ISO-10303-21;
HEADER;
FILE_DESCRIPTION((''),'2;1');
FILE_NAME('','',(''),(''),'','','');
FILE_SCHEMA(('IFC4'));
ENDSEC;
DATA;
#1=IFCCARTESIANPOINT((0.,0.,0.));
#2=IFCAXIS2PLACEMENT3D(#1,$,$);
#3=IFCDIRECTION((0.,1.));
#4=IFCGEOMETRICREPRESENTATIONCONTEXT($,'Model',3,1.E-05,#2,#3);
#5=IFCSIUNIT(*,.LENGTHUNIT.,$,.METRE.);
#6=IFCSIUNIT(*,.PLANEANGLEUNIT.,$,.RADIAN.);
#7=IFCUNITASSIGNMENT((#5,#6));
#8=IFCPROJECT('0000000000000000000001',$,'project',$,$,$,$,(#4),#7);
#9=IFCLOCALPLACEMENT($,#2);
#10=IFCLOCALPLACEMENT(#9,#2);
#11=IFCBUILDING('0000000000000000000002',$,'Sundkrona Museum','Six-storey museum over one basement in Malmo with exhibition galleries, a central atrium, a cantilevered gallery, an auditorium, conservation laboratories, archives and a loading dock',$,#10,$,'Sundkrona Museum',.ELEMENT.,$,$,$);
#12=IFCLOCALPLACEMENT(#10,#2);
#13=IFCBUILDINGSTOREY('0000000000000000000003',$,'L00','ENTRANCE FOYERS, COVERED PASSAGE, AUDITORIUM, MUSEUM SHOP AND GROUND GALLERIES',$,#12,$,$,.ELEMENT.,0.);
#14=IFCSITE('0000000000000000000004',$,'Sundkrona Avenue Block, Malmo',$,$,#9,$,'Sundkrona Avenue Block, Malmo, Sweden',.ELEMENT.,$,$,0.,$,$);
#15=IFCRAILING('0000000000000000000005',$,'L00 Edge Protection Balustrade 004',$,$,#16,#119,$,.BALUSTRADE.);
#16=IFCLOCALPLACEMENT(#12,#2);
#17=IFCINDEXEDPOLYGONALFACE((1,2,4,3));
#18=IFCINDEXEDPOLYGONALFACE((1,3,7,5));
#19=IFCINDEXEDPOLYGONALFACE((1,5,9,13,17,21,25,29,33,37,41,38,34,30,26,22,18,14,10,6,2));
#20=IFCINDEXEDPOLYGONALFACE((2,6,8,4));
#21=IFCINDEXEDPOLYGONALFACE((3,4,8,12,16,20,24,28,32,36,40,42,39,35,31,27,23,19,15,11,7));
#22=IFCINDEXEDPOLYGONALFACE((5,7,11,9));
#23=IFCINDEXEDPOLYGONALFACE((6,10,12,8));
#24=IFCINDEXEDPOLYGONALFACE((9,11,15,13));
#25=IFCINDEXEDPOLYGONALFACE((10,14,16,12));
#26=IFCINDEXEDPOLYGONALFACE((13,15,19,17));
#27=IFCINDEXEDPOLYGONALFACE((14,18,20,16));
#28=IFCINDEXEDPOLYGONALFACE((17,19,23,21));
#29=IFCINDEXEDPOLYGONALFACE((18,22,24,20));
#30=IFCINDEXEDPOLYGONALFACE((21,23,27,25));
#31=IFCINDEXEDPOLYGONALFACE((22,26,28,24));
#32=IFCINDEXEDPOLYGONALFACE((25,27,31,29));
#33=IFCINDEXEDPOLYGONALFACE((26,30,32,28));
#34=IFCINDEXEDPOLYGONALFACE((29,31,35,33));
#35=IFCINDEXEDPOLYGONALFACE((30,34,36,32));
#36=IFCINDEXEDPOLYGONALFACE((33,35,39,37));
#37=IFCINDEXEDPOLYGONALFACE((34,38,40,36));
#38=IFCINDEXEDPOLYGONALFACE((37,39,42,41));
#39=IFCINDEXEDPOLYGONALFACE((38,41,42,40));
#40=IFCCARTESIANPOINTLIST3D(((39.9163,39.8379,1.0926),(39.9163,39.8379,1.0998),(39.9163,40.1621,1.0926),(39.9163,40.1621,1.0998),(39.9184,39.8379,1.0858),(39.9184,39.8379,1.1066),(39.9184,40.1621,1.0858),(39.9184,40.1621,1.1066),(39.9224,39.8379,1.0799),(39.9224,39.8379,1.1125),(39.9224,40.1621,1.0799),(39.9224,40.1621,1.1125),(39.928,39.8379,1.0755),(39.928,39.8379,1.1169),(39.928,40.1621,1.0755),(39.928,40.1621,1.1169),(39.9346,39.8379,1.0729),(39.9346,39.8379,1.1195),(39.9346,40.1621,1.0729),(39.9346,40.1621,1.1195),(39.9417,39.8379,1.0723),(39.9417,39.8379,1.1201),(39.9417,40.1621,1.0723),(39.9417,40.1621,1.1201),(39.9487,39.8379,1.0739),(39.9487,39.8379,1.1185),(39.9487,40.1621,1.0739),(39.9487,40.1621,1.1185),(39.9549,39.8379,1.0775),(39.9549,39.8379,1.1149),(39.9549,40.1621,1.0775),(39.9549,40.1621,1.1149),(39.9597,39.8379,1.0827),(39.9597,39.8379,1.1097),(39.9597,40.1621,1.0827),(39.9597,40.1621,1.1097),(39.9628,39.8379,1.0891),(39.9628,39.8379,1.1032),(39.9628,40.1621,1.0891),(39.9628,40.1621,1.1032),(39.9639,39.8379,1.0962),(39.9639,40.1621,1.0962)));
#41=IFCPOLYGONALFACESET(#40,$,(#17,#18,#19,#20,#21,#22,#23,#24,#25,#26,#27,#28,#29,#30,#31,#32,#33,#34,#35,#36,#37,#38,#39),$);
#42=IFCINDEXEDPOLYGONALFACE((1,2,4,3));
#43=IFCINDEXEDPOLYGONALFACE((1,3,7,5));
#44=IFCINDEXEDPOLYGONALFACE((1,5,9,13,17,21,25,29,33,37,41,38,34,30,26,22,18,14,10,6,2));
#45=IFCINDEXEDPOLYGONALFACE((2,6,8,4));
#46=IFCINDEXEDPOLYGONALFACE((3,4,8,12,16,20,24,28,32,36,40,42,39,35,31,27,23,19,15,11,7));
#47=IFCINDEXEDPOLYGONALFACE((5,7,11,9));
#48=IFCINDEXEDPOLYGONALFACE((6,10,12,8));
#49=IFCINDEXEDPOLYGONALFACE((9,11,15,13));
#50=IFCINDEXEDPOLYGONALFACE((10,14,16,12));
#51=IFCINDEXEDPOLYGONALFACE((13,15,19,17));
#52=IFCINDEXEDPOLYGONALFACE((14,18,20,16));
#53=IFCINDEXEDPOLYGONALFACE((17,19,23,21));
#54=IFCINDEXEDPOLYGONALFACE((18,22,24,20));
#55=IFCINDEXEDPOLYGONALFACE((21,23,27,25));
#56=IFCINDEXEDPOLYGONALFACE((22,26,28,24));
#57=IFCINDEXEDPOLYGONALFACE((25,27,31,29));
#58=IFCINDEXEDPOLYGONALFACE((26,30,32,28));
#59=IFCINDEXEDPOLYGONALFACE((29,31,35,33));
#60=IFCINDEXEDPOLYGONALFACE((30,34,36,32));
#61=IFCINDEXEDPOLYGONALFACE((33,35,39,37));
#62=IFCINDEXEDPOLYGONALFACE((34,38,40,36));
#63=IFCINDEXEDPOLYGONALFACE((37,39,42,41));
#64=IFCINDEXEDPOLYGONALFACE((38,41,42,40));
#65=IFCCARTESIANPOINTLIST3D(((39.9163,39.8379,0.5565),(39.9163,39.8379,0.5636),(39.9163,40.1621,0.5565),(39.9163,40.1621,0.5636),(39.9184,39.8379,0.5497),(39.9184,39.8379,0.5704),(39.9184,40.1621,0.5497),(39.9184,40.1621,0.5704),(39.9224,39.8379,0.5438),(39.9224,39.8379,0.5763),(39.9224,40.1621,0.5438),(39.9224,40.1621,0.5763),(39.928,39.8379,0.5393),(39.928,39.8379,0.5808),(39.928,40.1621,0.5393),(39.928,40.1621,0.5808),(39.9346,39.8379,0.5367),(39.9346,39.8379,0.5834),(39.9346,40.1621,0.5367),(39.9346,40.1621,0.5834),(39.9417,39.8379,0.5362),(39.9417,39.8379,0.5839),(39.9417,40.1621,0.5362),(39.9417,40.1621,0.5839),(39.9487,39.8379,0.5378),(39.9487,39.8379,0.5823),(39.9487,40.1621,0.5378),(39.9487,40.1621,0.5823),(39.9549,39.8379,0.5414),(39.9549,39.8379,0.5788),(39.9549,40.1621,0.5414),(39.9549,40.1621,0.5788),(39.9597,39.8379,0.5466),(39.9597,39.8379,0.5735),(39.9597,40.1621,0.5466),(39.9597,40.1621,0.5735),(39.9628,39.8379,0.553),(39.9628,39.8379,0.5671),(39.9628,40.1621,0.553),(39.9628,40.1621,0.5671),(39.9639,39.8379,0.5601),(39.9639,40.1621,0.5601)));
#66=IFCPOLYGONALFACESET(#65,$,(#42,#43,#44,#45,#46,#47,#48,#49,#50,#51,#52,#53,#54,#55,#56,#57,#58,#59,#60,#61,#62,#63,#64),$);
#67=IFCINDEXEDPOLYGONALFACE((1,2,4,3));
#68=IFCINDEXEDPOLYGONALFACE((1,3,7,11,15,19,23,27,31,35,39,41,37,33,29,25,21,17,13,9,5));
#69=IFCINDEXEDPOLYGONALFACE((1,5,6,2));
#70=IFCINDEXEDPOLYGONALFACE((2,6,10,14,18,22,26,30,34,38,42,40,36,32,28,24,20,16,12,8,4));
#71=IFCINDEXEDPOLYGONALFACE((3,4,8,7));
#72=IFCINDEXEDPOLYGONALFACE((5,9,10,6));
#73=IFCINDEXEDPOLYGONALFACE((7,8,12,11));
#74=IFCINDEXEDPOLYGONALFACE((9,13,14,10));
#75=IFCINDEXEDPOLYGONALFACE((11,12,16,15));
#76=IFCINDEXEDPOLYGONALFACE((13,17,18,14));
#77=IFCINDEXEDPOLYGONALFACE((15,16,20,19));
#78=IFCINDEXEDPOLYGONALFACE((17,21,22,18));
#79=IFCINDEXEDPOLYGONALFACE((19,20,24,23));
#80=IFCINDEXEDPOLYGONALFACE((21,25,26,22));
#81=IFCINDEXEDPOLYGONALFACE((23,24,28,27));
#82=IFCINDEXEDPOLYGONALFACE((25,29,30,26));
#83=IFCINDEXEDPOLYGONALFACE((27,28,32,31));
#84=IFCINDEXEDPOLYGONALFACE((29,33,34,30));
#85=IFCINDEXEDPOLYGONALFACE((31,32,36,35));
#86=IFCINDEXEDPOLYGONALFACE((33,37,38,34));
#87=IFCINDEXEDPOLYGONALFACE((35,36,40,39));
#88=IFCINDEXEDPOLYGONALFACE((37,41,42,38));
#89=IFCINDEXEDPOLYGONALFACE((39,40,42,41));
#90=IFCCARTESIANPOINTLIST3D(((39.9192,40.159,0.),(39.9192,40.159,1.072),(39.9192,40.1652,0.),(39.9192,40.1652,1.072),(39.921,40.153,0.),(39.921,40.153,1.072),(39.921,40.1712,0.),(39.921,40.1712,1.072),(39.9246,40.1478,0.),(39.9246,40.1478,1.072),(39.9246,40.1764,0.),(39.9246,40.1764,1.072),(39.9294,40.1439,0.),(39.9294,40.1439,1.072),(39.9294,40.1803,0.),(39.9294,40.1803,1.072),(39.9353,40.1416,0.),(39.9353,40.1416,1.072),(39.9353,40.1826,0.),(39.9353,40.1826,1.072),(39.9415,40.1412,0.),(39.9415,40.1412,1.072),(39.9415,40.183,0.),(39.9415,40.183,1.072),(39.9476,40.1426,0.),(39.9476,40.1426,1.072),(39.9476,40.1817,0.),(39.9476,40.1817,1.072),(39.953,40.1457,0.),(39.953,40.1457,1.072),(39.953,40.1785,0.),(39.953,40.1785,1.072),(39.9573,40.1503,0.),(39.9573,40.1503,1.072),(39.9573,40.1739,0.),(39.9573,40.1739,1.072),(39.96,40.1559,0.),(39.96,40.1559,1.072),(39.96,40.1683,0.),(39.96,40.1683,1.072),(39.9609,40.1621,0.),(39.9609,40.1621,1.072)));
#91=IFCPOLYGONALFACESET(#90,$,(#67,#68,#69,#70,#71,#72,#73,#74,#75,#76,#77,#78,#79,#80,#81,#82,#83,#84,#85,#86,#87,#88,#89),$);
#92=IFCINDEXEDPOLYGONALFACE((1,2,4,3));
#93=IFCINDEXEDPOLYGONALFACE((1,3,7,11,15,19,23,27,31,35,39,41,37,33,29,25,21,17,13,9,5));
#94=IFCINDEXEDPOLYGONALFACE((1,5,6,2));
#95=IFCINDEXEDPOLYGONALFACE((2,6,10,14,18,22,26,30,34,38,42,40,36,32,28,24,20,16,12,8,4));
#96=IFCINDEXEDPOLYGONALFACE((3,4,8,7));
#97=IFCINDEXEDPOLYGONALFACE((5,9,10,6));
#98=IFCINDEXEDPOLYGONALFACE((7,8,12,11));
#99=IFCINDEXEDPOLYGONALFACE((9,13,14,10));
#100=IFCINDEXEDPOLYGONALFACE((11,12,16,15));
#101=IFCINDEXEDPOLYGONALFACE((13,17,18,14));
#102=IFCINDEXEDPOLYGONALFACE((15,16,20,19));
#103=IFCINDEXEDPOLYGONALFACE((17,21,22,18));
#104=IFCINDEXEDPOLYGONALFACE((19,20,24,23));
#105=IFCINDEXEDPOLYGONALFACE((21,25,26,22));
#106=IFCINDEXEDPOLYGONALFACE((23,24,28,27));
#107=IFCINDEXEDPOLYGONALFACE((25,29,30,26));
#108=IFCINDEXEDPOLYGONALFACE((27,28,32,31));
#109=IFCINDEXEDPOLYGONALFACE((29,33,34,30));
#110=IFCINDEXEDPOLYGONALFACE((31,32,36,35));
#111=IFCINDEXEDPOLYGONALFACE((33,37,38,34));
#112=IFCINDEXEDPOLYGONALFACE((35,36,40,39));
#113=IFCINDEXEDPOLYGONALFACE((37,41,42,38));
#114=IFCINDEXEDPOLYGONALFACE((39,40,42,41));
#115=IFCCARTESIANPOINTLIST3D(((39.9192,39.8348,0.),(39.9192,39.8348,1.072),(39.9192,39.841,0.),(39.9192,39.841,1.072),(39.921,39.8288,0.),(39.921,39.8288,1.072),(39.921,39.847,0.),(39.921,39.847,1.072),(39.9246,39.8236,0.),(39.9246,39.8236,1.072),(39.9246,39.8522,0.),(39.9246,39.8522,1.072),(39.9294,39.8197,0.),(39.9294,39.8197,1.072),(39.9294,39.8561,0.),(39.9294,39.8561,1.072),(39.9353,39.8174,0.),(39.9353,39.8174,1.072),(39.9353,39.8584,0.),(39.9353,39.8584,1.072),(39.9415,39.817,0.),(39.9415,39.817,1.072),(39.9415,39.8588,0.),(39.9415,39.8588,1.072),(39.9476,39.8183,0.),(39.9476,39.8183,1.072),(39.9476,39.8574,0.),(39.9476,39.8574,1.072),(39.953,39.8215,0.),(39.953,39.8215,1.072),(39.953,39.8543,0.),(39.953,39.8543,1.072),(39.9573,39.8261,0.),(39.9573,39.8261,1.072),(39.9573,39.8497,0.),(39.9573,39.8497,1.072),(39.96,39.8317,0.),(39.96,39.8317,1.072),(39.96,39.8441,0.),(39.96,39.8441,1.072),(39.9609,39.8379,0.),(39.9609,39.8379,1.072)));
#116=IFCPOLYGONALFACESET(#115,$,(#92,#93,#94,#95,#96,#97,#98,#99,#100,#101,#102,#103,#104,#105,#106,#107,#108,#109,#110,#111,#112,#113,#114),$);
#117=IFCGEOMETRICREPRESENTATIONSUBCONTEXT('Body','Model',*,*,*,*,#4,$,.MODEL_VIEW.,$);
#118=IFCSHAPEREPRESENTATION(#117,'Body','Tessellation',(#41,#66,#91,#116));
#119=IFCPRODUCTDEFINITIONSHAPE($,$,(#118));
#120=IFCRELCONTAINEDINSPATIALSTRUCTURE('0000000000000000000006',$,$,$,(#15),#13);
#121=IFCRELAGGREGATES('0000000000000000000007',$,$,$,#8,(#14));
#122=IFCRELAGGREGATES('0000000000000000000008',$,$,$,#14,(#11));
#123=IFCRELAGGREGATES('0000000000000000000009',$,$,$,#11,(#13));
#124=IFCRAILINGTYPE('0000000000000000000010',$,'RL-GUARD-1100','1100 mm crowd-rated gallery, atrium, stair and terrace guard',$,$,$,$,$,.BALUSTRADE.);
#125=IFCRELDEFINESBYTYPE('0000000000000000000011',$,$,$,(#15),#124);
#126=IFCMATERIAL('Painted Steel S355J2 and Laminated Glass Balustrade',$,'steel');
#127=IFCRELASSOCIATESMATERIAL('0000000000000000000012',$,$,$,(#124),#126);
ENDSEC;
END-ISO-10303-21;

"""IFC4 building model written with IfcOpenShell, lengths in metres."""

from ifc_helpers import new_model, si_unit, direction, frame, origin, origin_2d, place, context, subcontext, project, spatial, circle, extrude, material, type_object, element, save


model = new_model("IFC4")

# Units and contexts
model_context = context("Model", 3, precision=1e-05, world=origin(), true_north=direction((0.0, 1.0)))
body_context = subcontext(model_context, "Body", "Model", "MODEL_VIEW")
ifc_project = project(units=[si_unit("LENGTHUNIT", "METRE"), si_unit("PLANEANGLEUNIT", "RADIAN")], contexts=[model_context])

# Site, building, storey
site_placement = place(None, origin())
site = spatial("IfcSite", under=ifc_project, at=site_placement, Name="Sundkrona Avenue Block, Malmo", LongName="Sundkrona Avenue Block, Malmo, Sweden", CompositionType="ELEMENT", RefElevation=0.0)
building_placement = place(site_placement, origin())
building = spatial("IfcBuilding", under=site, at=building_placement, Name="Sundkrona Museum", Description="Six-storey museum over one basement in Malmo with exhibition galleries, a central atrium, a cantilevered gallery, an auditorium, conservation laboratories, archives and a loading dock", LongName="Sundkrona Museum", CompositionType="ELEMENT")
storey_placement = place(building_placement, origin())
storey = spatial("IfcBuildingStorey", under=building, at=storey_placement, Name="L00", Description="ENTRANCE FOYERS, COVERED PASSAGE, AUDITORIUM, MUSEUM SHOP AND GROUND GALLERIES", CompositionType="ELEMENT", Elevation=0.0)

# Railing
ifc_material_1 = material(Name="Painted Steel S355J2 and Laminated Glass Balustrade", Category="steel")
railing_type = type_object("IfcRailingType", Name="RL-GUARD-1100", Description="1100 mm crowd-rated gallery, atrium, stair and terrace guard", PredefinedType="BALUSTRADE", material=ifc_material_1)
railing_1_placement = place(storey_placement, frame((39.9399, 40.1621, 0.0)))
element("IfcRailing", 1, at=railing_1_placement, inside=storey, type_object=railing_type, Name="L00 Edge Protection Balustrade 004", PredefinedType="BALUSTRADE", context=body_context, shape_type="SweptSolid", body=[
    extrude(circle(Radius=0.0239, at=origin_2d()), frame((0.0, 0.0, 1.0962), z_axis=(0.0, -1.0, 0.0), x_axis=(1.0, 0.0, 0.0)), (0.0, 0.0, 1.0), 0.3242),
    extrude(circle(Radius=0.0239, at=origin_2d()), frame((0.0, 0.0, 0.5601), z_axis=(0.0, -1.0, 0.0), x_axis=(1.0, 0.0, 0.0)), (0.0, 0.0, 1.0), 0.3242),
    extrude(circle(Radius=0.021, at=origin_2d()), origin(), (0.0, 0.0, 1.0), 1.072),
    extrude(circle(Radius=0.021, at=origin_2d()), frame((0.0, -0.3242, 0.0)), (0.0, 0.0, 1.0), 1.072),
])

save(model, "model.ifc")
